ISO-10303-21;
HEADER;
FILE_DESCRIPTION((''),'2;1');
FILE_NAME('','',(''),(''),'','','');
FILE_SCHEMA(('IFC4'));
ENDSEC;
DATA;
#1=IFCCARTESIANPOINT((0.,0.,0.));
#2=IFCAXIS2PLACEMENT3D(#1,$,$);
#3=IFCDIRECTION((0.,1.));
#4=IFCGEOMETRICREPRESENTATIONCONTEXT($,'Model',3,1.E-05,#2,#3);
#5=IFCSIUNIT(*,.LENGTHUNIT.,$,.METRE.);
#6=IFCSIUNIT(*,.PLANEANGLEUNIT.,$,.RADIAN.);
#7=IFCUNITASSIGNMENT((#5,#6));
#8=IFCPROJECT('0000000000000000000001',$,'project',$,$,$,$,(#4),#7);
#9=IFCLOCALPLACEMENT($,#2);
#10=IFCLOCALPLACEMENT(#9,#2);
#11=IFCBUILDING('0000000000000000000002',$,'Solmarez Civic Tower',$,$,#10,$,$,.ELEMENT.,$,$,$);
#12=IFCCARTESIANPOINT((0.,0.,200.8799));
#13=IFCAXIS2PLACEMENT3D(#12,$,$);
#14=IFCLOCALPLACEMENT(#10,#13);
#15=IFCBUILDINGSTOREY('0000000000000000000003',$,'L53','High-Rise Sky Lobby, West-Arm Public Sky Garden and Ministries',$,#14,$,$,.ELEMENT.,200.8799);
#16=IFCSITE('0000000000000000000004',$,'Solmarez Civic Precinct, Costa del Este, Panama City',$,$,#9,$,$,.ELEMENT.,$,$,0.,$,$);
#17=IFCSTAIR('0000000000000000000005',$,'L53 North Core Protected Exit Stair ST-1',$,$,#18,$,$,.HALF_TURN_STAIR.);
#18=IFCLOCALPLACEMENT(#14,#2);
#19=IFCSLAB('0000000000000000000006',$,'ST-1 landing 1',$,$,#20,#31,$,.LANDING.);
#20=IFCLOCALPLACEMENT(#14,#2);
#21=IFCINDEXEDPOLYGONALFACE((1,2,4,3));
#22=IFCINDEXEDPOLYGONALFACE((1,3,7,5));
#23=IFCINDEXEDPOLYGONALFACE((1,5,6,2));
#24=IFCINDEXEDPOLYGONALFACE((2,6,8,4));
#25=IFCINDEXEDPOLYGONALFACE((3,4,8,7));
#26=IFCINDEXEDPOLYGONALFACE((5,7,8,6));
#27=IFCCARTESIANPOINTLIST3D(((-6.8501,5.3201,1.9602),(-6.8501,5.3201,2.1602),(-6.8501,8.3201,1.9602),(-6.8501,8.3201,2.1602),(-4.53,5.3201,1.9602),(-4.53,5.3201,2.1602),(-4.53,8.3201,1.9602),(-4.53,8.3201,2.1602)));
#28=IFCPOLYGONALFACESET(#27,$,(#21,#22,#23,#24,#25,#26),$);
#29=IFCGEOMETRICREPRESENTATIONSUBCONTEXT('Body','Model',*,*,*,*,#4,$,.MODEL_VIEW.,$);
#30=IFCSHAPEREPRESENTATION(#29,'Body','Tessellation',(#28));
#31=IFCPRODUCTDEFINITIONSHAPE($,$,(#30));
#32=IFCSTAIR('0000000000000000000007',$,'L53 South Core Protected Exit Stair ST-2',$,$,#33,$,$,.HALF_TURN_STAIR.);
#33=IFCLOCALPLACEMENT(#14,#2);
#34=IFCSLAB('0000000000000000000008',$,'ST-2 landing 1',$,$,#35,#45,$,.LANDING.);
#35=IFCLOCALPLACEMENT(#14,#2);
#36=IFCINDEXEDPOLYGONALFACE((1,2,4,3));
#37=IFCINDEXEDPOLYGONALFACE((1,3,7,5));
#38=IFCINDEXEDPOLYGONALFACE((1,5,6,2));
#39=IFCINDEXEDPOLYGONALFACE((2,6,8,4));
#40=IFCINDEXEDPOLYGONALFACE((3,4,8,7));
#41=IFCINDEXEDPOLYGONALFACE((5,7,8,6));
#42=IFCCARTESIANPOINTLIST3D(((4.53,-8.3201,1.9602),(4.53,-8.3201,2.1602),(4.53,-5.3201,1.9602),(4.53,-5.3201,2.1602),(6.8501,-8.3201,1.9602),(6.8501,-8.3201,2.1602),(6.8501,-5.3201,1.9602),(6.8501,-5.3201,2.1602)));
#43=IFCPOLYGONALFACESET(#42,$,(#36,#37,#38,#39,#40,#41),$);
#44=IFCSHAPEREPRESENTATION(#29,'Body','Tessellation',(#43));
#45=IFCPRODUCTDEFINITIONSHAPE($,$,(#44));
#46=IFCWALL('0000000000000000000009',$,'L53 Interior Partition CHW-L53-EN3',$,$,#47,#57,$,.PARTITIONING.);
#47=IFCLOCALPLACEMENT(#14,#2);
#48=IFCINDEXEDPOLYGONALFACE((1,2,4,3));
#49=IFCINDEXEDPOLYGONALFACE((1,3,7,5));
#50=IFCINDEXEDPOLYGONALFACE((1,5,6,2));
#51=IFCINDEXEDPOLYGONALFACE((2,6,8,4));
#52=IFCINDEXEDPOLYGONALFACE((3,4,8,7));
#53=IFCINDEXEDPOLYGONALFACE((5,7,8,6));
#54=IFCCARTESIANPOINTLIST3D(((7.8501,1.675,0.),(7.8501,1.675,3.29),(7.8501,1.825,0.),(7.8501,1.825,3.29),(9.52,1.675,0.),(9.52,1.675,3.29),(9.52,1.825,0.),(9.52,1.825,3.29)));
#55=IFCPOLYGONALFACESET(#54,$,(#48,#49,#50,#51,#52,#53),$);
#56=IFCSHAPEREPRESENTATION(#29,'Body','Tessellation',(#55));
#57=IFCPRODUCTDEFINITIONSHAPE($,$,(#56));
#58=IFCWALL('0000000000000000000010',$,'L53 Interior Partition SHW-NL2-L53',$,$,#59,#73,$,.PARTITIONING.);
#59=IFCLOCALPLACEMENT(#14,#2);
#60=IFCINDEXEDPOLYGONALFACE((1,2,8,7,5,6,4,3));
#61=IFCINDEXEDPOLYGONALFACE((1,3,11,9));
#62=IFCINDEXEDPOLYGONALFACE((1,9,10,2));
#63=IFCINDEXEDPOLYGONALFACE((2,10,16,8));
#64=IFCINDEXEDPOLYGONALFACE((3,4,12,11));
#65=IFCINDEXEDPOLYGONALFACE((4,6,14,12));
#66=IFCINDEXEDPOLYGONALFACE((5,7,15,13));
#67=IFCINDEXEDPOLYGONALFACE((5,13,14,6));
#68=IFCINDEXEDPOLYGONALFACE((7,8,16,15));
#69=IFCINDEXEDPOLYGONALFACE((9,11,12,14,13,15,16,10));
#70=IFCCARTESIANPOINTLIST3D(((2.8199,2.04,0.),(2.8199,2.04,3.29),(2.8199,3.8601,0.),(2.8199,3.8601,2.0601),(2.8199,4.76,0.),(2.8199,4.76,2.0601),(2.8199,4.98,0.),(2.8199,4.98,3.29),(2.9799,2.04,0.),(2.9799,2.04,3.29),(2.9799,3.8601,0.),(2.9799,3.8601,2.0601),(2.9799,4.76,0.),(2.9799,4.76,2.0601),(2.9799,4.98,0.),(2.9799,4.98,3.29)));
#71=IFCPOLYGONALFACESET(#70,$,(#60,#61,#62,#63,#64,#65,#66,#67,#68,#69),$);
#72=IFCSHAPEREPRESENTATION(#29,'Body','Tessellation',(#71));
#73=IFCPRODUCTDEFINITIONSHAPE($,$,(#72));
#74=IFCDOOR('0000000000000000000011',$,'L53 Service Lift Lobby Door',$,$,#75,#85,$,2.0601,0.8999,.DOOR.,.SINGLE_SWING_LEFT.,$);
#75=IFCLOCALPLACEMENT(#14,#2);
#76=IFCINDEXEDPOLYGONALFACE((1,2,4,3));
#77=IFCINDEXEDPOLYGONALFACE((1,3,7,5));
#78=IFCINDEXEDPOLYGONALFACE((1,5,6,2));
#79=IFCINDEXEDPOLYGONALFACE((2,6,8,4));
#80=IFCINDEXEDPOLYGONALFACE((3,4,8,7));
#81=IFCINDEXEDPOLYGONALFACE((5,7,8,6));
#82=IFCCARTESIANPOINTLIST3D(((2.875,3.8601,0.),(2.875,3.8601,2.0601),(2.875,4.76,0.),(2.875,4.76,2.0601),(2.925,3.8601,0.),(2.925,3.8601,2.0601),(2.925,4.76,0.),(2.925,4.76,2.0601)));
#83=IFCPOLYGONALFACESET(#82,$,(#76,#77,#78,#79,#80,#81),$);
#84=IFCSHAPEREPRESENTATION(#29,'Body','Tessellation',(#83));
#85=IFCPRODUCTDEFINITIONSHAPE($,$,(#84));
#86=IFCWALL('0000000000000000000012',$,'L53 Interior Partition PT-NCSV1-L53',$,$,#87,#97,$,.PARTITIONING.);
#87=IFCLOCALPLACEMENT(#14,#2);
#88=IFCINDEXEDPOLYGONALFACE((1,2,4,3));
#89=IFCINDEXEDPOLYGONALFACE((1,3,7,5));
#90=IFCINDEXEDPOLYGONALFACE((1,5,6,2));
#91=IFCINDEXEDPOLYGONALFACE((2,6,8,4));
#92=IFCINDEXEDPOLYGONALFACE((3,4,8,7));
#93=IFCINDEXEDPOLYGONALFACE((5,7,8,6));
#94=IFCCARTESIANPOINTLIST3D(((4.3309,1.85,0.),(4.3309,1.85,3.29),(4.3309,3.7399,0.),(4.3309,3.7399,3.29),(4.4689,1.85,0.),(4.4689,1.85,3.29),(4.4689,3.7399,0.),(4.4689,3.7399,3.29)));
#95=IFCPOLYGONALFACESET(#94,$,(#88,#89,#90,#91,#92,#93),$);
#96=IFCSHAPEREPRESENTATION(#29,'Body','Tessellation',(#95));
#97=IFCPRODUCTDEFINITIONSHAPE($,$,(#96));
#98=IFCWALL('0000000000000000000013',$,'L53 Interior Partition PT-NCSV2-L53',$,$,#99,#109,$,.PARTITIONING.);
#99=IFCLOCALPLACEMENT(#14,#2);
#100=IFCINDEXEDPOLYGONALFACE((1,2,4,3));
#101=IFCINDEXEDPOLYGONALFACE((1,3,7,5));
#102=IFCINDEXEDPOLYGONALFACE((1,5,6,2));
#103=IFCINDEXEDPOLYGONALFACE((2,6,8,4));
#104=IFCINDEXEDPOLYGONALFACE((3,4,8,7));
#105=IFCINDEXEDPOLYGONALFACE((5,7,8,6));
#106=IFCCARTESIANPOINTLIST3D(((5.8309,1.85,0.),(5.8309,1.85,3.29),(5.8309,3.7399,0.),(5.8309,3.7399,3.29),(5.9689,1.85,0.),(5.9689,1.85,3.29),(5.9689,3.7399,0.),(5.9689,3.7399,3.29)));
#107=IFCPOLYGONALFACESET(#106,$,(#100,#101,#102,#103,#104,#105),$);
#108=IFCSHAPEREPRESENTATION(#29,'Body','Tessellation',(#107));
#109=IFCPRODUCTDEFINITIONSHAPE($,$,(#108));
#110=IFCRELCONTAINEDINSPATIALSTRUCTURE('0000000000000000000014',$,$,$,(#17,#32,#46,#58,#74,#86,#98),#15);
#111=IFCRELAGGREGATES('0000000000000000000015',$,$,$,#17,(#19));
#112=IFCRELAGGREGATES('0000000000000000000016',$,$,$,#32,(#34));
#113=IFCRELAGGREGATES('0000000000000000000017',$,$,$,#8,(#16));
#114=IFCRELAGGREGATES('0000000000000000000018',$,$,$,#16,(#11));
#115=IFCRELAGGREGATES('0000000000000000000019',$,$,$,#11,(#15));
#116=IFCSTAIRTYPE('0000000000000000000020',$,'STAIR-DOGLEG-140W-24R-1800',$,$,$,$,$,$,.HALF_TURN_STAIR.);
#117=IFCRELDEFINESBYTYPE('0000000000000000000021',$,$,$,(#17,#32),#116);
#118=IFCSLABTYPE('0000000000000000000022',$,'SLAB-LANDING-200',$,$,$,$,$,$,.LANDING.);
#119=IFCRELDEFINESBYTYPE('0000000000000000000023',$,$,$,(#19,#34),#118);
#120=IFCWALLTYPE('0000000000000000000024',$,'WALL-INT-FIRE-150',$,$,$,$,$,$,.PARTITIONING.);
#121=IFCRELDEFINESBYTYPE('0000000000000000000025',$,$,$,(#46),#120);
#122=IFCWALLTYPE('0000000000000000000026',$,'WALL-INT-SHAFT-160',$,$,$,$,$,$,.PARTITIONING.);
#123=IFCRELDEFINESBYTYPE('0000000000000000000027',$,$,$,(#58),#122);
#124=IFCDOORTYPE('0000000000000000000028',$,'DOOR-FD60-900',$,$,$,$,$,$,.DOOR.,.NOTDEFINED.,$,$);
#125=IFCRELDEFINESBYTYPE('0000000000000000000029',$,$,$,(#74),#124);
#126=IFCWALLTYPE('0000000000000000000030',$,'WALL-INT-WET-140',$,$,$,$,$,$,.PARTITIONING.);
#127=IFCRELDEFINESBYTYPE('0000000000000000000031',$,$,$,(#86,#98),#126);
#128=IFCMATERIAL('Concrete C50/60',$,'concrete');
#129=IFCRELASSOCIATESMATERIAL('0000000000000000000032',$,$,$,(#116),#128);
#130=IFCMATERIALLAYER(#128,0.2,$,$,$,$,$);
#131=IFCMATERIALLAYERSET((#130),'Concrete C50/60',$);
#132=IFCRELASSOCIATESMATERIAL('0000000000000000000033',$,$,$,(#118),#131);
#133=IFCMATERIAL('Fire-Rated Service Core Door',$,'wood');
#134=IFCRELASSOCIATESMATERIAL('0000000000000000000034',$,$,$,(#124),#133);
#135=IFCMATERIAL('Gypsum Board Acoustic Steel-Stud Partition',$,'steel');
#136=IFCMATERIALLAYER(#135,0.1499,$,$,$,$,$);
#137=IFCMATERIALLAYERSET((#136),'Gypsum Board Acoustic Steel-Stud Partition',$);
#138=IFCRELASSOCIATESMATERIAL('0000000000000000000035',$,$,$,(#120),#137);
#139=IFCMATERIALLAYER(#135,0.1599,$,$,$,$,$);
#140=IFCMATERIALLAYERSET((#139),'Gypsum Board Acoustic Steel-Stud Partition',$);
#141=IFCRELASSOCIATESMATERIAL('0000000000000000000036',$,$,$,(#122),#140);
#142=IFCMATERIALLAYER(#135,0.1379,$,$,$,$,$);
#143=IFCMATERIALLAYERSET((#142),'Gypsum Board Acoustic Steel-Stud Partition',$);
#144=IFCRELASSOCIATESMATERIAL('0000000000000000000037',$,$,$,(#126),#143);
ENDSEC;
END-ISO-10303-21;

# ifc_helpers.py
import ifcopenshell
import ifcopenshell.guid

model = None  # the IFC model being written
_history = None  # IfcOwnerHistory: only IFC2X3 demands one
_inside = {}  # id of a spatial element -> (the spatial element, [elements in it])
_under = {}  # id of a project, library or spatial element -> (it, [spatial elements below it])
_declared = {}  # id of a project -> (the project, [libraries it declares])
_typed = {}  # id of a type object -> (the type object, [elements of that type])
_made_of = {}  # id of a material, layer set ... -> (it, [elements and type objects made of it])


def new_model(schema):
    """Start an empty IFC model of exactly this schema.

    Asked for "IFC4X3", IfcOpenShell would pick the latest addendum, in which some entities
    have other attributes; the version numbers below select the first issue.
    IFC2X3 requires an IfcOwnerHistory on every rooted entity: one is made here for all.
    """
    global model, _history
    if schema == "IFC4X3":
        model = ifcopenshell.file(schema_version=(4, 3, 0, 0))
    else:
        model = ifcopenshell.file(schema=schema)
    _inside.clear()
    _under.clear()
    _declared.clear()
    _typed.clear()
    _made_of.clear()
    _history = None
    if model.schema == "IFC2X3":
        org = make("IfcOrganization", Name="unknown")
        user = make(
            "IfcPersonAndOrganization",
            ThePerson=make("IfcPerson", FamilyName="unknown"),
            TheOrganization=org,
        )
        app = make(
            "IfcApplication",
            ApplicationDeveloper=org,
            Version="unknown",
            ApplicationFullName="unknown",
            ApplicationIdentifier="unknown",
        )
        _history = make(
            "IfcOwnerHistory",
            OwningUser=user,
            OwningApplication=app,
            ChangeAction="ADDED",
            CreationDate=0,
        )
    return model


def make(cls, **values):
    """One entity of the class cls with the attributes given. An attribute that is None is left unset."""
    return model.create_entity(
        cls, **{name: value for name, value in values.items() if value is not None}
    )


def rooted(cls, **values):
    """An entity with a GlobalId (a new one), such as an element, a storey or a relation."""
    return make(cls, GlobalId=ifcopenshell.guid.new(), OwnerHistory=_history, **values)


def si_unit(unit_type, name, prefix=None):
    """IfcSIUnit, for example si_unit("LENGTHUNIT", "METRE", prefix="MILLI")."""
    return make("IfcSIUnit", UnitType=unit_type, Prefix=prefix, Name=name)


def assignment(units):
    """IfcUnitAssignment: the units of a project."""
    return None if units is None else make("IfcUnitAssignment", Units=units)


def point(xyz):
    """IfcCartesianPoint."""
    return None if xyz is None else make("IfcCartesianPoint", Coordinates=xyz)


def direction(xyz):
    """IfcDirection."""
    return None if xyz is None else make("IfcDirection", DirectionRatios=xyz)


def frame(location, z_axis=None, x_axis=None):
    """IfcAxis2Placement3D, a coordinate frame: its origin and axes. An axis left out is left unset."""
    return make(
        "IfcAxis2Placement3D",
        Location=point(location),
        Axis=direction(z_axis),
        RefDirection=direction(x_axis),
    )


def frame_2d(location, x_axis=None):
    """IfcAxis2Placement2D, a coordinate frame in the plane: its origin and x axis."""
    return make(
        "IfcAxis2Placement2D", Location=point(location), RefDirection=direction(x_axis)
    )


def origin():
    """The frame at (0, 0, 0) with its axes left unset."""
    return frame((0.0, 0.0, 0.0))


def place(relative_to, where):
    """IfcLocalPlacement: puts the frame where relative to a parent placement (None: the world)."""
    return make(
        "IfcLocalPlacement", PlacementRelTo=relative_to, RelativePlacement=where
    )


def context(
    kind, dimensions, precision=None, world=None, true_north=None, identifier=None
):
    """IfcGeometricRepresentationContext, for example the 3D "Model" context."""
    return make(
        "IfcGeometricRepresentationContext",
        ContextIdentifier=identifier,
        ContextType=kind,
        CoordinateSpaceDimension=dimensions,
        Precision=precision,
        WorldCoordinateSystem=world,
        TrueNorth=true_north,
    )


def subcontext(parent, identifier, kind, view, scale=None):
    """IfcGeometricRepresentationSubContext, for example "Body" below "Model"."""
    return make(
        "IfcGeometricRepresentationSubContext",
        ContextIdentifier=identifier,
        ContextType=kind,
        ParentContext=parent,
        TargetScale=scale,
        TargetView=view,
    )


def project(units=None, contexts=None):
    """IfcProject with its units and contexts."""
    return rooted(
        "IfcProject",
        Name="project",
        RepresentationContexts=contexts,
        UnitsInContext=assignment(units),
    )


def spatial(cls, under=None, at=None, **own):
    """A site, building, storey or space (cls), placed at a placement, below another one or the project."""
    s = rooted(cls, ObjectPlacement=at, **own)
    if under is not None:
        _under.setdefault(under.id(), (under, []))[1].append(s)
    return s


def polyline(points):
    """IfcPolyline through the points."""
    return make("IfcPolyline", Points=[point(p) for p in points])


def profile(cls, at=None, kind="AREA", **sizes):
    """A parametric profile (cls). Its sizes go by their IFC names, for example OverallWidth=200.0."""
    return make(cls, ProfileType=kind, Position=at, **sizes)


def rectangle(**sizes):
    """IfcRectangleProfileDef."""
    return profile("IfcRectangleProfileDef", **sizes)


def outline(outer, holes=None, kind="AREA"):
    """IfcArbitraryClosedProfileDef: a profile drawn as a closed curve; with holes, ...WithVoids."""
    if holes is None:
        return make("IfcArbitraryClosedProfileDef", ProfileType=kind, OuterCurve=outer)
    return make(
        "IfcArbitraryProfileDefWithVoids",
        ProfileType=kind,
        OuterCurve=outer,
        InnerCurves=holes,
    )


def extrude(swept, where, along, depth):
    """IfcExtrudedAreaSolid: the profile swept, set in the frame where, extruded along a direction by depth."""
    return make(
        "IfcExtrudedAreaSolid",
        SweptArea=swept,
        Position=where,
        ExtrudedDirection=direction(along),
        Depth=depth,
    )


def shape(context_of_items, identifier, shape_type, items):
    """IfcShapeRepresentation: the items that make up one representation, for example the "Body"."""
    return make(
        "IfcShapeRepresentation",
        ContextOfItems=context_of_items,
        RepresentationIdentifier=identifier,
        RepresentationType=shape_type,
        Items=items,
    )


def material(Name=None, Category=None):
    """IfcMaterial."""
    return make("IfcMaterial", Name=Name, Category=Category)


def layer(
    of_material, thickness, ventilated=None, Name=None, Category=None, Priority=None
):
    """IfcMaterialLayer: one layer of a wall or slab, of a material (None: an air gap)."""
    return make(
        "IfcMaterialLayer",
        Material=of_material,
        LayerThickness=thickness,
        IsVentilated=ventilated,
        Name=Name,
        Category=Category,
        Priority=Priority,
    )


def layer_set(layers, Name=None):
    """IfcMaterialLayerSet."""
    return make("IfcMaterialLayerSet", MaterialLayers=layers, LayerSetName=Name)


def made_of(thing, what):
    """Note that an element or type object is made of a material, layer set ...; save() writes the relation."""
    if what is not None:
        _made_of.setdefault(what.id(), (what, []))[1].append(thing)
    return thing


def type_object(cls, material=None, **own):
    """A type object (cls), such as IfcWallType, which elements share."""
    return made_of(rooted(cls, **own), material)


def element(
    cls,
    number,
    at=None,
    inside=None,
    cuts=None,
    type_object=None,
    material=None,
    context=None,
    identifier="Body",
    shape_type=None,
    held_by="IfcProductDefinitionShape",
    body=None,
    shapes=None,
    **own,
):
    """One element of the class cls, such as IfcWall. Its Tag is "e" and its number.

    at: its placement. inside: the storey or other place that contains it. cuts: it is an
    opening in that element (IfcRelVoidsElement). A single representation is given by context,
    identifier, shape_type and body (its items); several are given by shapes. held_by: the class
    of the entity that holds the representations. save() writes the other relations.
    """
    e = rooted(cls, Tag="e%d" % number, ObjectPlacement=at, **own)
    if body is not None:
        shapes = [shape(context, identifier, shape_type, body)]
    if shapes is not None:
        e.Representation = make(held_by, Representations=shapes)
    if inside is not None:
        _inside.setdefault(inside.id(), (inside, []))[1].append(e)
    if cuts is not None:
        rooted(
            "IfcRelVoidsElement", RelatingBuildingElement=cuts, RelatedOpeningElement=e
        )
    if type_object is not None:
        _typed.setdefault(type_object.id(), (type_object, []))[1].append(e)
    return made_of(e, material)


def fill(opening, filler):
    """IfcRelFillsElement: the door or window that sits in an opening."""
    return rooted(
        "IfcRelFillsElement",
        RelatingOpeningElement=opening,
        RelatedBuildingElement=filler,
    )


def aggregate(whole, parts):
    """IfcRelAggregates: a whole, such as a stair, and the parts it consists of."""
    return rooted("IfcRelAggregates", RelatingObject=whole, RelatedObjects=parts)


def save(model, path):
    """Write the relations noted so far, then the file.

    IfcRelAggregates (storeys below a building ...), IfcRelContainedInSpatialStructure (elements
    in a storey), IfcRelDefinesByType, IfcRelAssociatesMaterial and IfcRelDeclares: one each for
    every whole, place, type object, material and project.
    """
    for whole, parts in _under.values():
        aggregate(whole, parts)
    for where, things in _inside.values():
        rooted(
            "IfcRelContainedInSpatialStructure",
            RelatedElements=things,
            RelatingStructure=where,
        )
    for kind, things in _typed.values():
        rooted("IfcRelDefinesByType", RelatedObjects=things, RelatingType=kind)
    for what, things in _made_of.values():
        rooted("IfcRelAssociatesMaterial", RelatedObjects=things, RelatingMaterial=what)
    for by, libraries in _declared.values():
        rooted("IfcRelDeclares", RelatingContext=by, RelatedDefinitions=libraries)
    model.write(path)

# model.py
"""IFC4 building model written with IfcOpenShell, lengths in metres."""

from ifc_helpers import new_model, si_unit, direction, frame, frame_2d, origin, place, context, subcontext, project, spatial, polyline, rectangle, outline, extrude, material, layer, layer_set, type_object, element, fill, aggregate, save


model = new_model("IFC4")

# Units and contexts
model_context = context("Model", 3, precision=1e-05, world=origin(), true_north=direction((0.0, 1.0)))
body_context = subcontext(model_context, "Body", "Model", "MODEL_VIEW")
ifc_project = project(units=[si_unit("LENGTHUNIT", "METRE"), si_unit("PLANEANGLEUNIT", "RADIAN")], contexts=[model_context])

# Site, building, storey
site_placement = place(None, origin())
site = spatial("IfcSite", under=ifc_project, at=site_placement, Name="Solmarez Civic Precinct, Costa del Este, Panama City", CompositionType="ELEMENT", RefElevation=0.0)
building_placement = place(site_placement, origin())
building = spatial("IfcBuilding", under=site, at=building_placement, Name="Solmarez Civic Tower", CompositionType="ELEMENT")
storey_placement = place(building_placement, frame((0.0, 0.0, 200.8799)))
storey = spatial("IfcBuildingStorey", under=building, at=storey_placement, Name="L53", Description="High-Rise Sky Lobby, West-Arm Public Sky Garden and Ministries", CompositionType="ELEMENT", Elevation=200.8799)

# Stairs, slabs
ifc_material_1 = material(Name="Concrete C50/60", Category="concrete")
stair_type = type_object("IfcStairType", Name="STAIR-DOGLEG-140W-24R-1800", PredefinedType="HALF_TURN_STAIR", material=ifc_material_1)
stair_1_placement = place(storey_placement, origin())
stair_1 = element("IfcStair", 1, at=stair_1_placement, inside=storey, type_object=stair_type, Name="L53 North Core Protected Exit Stair ST-1", PredefinedType="HALF_TURN_STAIR")
ifc_layer_1 = layer(ifc_material_1, 0.2)
ifc_layer_set_1 = layer_set([ifc_layer_1], Name="Concrete C50/60")
slab_type = type_object("IfcSlabType", Name="SLAB-LANDING-200", PredefinedType="LANDING", material=ifc_layer_set_1)
slab_1_placement = place(storey_placement, frame((0.0, 0.0, 1.9602)))
slab_1 = element("IfcSlab", 2, at=slab_1_placement, type_object=slab_type, Name="ST-1 landing 1", PredefinedType="LANDING", context=body_context, shape_type="SweptSolid", body=[
    extrude(outline(polyline([(-4.53, 8.3201), (-6.8501, 8.3201), (-6.8501, 5.3201), (-4.53, 5.3201), (-4.53, 8.3201)])), origin(), (0.0, 0.0, 1.0), 0.2),
])
aggregate(stair_1, [slab_1])
stair_2_placement = place(storey_placement, origin())
stair_2 = element("IfcStair", 3, at=stair_2_placement, inside=storey, type_object=stair_type, Name="L53 South Core Protected Exit Stair ST-2", PredefinedType="HALF_TURN_STAIR")
slab_2_placement = place(storey_placement, frame((0.0, 0.0, 1.9602)))
slab_2 = element("IfcSlab", 4, at=slab_2_placement, type_object=slab_type, Name="ST-2 landing 1", PredefinedType="LANDING", context=body_context, shape_type="SweptSolid", body=[
    extrude(outline(polyline([(4.53, -8.3201), (6.8501, -8.3201), (6.8501, -5.3201), (4.53, -5.3201), (4.53, -8.3201)])), origin(), (0.0, 0.0, 1.0), 0.2),
])
aggregate(stair_2, [slab_2])

# Shared definitions
ifc_material_2 = material(Name="Fire-Rated Service Core Door", Category="wood")
door_type_1 = type_object("IfcDoorType", Name="DOOR-FD60-900", OperationType="NOTDEFINED", PredefinedType="DOOR", material=ifc_material_2)

# Wall
ifc_material_3 = material(Name="Gypsum Board Acoustic Steel-Stud Partition", Category="steel")
ifc_layer_2 = layer(ifc_material_3, 0.1499)
ifc_layer_set_2 = layer_set([ifc_layer_2], Name="Gypsum Board Acoustic Steel-Stud Partition")
wall_type_1 = type_object("IfcWallType", Name="WALL-INT-FIRE-150", PredefinedType="PARTITIONING", material=ifc_layer_set_2)
wall_1_placement = place(storey_placement, frame((7.8501, 1.75, 0.0), z_axis=(0.0, 0.0, 1.0), x_axis=(1.0, 0.0, 0.0)))
element("IfcWall", 5, at=wall_1_placement, inside=storey, type_object=wall_type_1, Name="L53 Interior Partition CHW-L53-EN3", PredefinedType="PARTITIONING", context=body_context, shape_type="SweptSolid", body=[
    extrude(rectangle(XDim=1.6699, YDim=0.1499, at=frame_2d((0.835, 0.0))), origin(), (0.0, 0.0, 1.0), 3.29),
])

# Wall, opening, door
ifc_layer_3 = layer(ifc_material_3, 0.1599)
ifc_layer_set_3 = layer_set([ifc_layer_3], Name="Gypsum Board Acoustic Steel-Stud Partition")
wall_type_2 = type_object("IfcWallType", Name="WALL-INT-SHAFT-160", PredefinedType="PARTITIONING", material=ifc_layer_set_3)
wall_2_placement = place(storey_placement, frame((2.8999, 2.04, 0.0), z_axis=(0.0, 0.0, 1.0), x_axis=(0.0, 1.0, 0.0)))
wall_2 = element("IfcWall", 6, at=wall_2_placement, inside=storey, type_object=wall_type_2, Name="L53 Interior Partition SHW-NL2-L53", PredefinedType="PARTITIONING", context=body_context, shape_type="SweptSolid", body=[
    extrude(rectangle(XDim=2.9399, YDim=0.1599, at=frame_2d((1.47, 0.0))), origin(), (0.0, 0.0, 1.0), 3.29),
])
opening_1_placement = place(wall_2_placement, frame((1.8201, 0.0, 0.0)))
opening_1 = element("IfcOpeningElement", 7, at=opening_1_placement, cuts=wall_2, PredefinedType="OPENING", context=body_context, shape_type="SweptSolid", body=[
    extrude(rectangle(XDim=0.8999, YDim=2.0601, at=frame_2d((0.45, 1.03))), frame((0.0, 0.0898, 0.0), z_axis=(0.0, -1.0, 0.0), x_axis=(1.0, 0.0, 0.0)), (0.0, 0.0, 1.0), 0.1799),
])
door_1_placement = place(opening_1_placement, origin())
door_1 = element("IfcDoor", 8, at=door_1_placement, inside=storey, type_object=door_type_1, Name="L53 Service Lift Lobby Door", OperationType="SINGLE_SWING_LEFT", OverallHeight=2.0601, OverallWidth=0.8999, PredefinedType="DOOR", context=body_context, shape_type="SweptSolid", body=[
    extrude(rectangle(XDim=0.8999, YDim=2.0601, at=frame_2d((0.45, 1.03))), frame((0.0, 0.0249, 0.0), z_axis=(0.0, -1.0, 0.0), x_axis=(1.0, 0.0, 0.0)), (0.0, 0.0, 1.0), 0.05),
])
fill(opening_1, door_1)

# Walls
ifc_layer_4 = layer(ifc_material_3, 0.1379)
ifc_layer_set_4 = layer_set([ifc_layer_4], Name="Gypsum Board Acoustic Steel-Stud Partition")
wall_type_3 = type_object("IfcWallType", Name="WALL-INT-WET-140", PredefinedType="PARTITIONING", material=ifc_layer_set_4)
for number, where, z_axis, x_axis, name in (
    (9, (4.3999, 1.8501, 0.0), (0.0, 0.0, 1.0), (0.0, 1.0, 0.0), "L53 Interior Partition PT-NCSV1-L53"),
    (10, (5.8999, 1.8501, 0.0), (0.0, 0.0, 1.0), (0.0, 1.0, 0.0), "L53 Interior Partition PT-NCSV2-L53"),
):
    element("IfcWall", number, at=place(storey_placement, frame(where, z_axis=z_axis, x_axis=x_axis)), inside=storey, type_object=wall_type_3, Name=name, PredefinedType="PARTITIONING", context=body_context, shape_type="SweptSolid", body=[
        extrude(rectangle(XDim=1.8899, YDim=0.1379, at=frame_2d((0.9448, 0.0))), origin(), (0.0, 0.0, 1.0), 3.29),
    ])

save(model, "model.ifc")
